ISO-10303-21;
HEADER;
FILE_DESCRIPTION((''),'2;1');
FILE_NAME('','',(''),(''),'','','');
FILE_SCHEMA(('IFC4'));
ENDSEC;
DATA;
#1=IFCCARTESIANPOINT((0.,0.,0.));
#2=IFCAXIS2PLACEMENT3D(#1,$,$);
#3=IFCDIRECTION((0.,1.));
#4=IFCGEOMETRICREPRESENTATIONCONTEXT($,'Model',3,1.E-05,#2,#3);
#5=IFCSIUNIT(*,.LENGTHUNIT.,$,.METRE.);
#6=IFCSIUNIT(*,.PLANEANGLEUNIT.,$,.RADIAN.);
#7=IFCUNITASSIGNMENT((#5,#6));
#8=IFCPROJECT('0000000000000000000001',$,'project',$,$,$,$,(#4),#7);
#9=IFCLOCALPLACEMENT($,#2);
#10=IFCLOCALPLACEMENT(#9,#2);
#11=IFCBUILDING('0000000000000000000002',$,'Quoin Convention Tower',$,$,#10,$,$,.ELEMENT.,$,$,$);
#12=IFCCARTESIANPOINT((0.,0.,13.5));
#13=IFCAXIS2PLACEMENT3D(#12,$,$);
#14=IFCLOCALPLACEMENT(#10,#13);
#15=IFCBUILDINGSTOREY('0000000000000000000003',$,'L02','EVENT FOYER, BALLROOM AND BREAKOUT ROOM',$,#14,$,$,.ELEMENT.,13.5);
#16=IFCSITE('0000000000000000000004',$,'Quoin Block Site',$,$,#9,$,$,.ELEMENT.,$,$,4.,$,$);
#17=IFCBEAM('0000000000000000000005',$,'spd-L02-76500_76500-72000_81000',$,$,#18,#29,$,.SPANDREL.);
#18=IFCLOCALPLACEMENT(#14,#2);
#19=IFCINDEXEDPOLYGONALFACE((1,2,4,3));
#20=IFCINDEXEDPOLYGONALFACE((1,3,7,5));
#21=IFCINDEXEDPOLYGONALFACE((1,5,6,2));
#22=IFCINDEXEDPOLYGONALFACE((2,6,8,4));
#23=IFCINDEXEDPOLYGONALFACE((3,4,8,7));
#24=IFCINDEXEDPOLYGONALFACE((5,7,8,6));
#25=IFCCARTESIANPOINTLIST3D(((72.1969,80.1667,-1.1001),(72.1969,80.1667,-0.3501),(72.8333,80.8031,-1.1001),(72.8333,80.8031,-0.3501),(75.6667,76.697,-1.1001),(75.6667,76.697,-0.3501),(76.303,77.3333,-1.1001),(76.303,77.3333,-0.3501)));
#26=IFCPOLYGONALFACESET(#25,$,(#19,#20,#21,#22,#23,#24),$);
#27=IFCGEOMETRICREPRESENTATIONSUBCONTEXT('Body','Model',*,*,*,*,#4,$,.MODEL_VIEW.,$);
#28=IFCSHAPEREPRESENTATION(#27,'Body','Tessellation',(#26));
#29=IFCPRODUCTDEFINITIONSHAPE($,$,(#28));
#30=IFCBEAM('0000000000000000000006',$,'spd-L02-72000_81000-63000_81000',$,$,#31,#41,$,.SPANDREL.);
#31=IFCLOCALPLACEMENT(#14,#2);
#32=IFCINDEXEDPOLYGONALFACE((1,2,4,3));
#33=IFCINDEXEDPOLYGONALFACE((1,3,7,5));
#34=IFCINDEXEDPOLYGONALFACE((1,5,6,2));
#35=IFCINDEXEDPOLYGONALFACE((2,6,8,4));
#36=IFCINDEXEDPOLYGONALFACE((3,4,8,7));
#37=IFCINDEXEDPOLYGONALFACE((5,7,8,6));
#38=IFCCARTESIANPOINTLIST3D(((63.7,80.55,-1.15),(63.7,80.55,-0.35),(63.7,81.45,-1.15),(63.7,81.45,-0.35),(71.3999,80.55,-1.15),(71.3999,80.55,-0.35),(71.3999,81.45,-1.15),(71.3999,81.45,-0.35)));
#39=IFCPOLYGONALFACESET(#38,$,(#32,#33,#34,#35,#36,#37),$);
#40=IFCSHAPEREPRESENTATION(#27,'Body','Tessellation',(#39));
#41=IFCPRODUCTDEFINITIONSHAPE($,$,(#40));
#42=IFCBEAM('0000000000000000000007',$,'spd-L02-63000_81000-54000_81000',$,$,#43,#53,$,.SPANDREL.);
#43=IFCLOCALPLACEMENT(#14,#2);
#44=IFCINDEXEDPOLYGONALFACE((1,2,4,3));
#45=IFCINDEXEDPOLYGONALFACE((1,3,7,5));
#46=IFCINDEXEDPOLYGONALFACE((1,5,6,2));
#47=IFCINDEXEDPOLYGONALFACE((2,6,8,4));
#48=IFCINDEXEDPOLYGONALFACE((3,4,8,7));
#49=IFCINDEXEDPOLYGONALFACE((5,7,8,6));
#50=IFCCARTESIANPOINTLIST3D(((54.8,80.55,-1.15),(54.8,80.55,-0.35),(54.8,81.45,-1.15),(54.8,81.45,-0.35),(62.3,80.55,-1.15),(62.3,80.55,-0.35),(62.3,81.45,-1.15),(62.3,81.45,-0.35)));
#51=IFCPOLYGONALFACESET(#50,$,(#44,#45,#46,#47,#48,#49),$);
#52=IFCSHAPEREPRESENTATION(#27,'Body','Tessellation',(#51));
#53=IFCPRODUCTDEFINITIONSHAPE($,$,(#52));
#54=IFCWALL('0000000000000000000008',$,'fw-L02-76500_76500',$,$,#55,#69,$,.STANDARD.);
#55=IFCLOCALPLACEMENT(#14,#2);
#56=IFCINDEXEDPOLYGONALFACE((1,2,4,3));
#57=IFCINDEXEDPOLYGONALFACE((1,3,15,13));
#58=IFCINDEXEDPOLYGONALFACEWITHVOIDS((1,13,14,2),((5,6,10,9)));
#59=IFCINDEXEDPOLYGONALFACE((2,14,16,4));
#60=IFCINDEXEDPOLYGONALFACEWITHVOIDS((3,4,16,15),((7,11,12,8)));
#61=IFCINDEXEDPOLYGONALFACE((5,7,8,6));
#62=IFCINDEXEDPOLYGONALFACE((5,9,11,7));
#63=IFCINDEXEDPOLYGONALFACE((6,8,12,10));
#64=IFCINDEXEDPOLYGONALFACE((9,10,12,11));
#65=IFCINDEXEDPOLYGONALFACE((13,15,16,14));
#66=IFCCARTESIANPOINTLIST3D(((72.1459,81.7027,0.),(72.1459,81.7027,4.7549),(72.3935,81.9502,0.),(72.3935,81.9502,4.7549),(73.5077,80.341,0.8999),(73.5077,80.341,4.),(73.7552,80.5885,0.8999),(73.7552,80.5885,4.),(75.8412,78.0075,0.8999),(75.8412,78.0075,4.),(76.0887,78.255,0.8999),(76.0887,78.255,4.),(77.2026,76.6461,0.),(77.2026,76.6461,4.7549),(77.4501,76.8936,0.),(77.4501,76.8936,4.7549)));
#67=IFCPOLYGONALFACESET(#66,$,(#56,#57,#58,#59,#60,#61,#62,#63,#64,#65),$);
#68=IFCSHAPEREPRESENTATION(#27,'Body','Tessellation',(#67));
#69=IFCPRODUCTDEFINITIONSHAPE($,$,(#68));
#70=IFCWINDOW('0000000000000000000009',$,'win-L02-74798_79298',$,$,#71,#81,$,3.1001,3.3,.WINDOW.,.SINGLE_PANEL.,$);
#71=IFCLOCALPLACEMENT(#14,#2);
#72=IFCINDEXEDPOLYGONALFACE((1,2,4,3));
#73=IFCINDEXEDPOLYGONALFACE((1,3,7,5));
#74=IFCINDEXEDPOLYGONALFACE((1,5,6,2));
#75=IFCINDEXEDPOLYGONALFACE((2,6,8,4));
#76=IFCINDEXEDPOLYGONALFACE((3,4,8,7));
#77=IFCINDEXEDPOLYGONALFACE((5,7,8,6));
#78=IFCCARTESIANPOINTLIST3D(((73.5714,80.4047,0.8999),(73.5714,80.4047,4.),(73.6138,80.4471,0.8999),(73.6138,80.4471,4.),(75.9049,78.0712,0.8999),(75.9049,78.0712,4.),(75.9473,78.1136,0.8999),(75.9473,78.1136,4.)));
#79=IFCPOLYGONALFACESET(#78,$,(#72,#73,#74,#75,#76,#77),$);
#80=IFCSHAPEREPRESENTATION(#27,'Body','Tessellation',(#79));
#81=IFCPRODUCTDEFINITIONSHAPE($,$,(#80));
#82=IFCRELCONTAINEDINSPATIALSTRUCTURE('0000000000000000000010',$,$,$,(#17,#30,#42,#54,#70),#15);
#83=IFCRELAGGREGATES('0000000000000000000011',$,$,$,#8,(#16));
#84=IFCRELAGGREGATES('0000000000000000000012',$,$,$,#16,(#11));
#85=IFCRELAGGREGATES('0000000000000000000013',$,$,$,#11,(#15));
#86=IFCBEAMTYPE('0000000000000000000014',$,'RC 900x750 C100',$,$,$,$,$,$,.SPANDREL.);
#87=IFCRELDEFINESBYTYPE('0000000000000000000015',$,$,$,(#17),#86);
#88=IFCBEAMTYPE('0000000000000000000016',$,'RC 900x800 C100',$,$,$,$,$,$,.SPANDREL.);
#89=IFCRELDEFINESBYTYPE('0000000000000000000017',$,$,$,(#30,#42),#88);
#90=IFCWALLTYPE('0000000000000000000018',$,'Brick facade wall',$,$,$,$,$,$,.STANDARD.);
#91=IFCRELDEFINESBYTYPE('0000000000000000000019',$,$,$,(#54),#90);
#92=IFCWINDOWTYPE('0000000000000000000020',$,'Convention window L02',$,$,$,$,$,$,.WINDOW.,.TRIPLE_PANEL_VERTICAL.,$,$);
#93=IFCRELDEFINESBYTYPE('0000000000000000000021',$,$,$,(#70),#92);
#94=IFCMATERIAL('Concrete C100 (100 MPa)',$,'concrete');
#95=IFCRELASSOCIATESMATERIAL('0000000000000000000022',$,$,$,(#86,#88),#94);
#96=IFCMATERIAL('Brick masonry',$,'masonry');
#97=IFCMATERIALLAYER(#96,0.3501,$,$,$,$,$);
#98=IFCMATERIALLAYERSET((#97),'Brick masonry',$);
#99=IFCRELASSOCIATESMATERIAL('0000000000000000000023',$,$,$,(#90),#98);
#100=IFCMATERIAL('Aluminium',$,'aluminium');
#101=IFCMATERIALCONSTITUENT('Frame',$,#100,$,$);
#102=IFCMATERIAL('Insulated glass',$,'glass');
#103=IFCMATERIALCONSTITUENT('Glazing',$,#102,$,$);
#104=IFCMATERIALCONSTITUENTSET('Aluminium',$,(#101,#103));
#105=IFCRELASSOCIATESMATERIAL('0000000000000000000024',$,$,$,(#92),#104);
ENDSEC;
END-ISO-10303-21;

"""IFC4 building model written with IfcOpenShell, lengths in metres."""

from ifc_helpers import new_model, si_unit, direction, frame, frame_2d, origin, origin_2d, place, context, subcontext, project, spatial, rectangle, extrude, material, layer, layer_set, constituent, constituent_set, material_profile, profile_set, type_object, element, fill, save


model = new_model("IFC4")

# Units and contexts
model_context = context("Model", 3, precision=1e-05, world=origin(), true_north=direction((0.0, 1.0)))
body_context = subcontext(model_context, "Body", "Model", "MODEL_VIEW")
ifc_project = project(units=[si_unit("LENGTHUNIT", "METRE"), si_unit("PLANEANGLEUNIT", "RADIAN")], contexts=[model_context])

# Site, building, storey
site_placement = place(None, origin())
site = spatial("IfcSite", under=ifc_project, at=site_placement, Name="Quoin Block Site", CompositionType="ELEMENT", RefElevation=4.0)
building_placement = place(site_placement, origin())
building = spatial("IfcBuilding", under=site, at=building_placement, Name="Quoin Convention Tower", CompositionType="ELEMENT")
storey_placement = place(building_placement, frame((0.0, 0.0, 13.5)))
storey = spatial("IfcBuildingStorey", under=building, at=storey_placement, Name="L02", Description="EVENT FOYER, BALLROOM AND BREAKOUT ROOM", CompositionType="ELEMENT", Elevation=13.5)

# Shared definitions
ifc_material_1 = material(Name="Concrete C100 (100 MPa)", Category="concrete")

# Beams
ifc_material_profile_1 = material_profile(ifc_material_1, rectangle(XDim=0.8999, YDim=0.75, at=origin_2d()), Name="RC 900x750")
ifc_profile_set_1 = profile_set([ifc_material_profile_1], Name="Concrete C100 (100 MPa)")
beam_type_1 = type_object("IfcBeamType", Name="RC 900x750 C100", PredefinedType="SPANDREL", material=ifc_profile_set_1)
beam_1_placement = place(storey_placement, frame((75.9849, 77.0151, -0.7251), z_axis=(-0.707107, 0.707107, 0.0), x_axis=(-0.707107, -0.707107, 0.0)))
element("IfcBeam", 1, at=beam_1_placement, inside=storey, type_object=beam_type_1, Name="spd-L02-76500_76500-72000_81000", PredefinedType="SPANDREL", context=body_context, shape_type="SweptSolid", body=[
    extrude(rectangle(XDim=0.8999, YDim=0.75, at=origin_2d()), origin(), (0.0, 0.0, 1.0), 4.907),
])
ifc_material_profile_2 = material_profile(ifc_material_1, rectangle(XDim=0.8999, YDim=0.8, at=origin_2d()), Name="RC 900x800")
ifc_profile_set_2 = profile_set([ifc_material_profile_2], Name="Concrete C100 (100 MPa)")
beam_type_2 = type_object("IfcBeamType", Name="RC 900x800 C100", PredefinedType="SPANDREL", material=ifc_profile_set_2)
beam_2_placement = place(storey_placement, frame((71.3999, 81.0, -0.75), z_axis=(-1.0, 0.0, 0.0), x_axis=(0.0, -1.0, 0.0)))
element("IfcBeam", 2, at=beam_2_placement, inside=storey, type_object=beam_type_2, Name="spd-L02-72000_81000-63000_81000", PredefinedType="SPANDREL", context=body_context, shape_type="SweptSolid", body=[
    extrude(rectangle(XDim=0.8999, YDim=0.8, at=origin_2d()), origin(), (0.0, 0.0, 1.0), 7.7),
])
beam_3_placement = place(storey_placement, frame((62.3, 81.0, -0.75), z_axis=(-1.0, 0.0, 0.0), x_axis=(0.0, -1.0, 0.0)))
element("IfcBeam", 3, at=beam_3_placement, inside=storey, type_object=beam_type_2, Name="spd-L02-63000_81000-54000_81000", PredefinedType="SPANDREL", context=body_context, shape_type="SweptSolid", body=[
    extrude(rectangle(XDim=0.8999, YDim=0.8, at=origin_2d()), origin(), (0.0, 0.0, 1.0), 7.5),
])

# Wall, opening, window
ifc_material_2 = material(Name="Brick masonry", Category="masonry")
ifc_layer_1 = layer(ifc_material_2, 0.3501)
ifc_layer_set_1 = layer_set([ifc_layer_1], Name="Brick masonry")
wall_type_1 = type_object("IfcWallType", Name="Brick facade wall", PredefinedType="STANDARD", material=ifc_layer_set_1)
wall_1_placement = place(storey_placement, frame((77.3264, 76.7698, 0.0), z_axis=(0.0, 0.0, 1.0), x_axis=(-0.707107, 0.707107, 0.0)))
wall_1 = element("IfcWall", 4, at=wall_1_placement, inside=storey, type_object=wall_type_1, Name="fw-L02-76500_76500", PredefinedType="STANDARD", context=body_context, shape_type="SweptSolid", body=[
    extrude(rectangle(XDim=7.1511, YDim=0.3501, at=frame_2d((3.5757, 0.0))), origin(), (0.0, 0.0, 1.0), 4.7549),
])
opening_1_placement = place(wall_1_placement, frame((1.9255, 0.0, 0.8999)))
opening_1 = element("IfcOpeningElement", 5, at=opening_1_placement, cuts=wall_1, PredefinedType="OPENING", context=body_context, shape_type="SweptSolid", body=[
    extrude(rectangle(XDim=3.3, YDim=3.1001, at=frame_2d((1.6499, 1.55))), frame((0.0, 0.1851, 0.0), z_axis=(0.0, -1.0, 0.0), x_axis=(1.0, 0.0, 0.0)), (0.0, 0.0, 1.0), 0.3701),
])
ifc_material_3 = material(Name="Aluminium", Category="aluminium")
ifc_constituent_1 = constituent(ifc_material_3, Name="Frame")
ifc_material_4 = material(Name="Insulated glass", Category="glass")
ifc_constituent_2 = constituent(ifc_material_4, Name="Glazing")
ifc_constituent_set = constituent_set(constituents=[ifc_constituent_1, ifc_constituent_2], Name="Aluminium")
window_type = type_object("IfcWindowType", Name="Convention window L02", PartitioningType="TRIPLE_PANEL_VERTICAL", PredefinedType="WINDOW", material=ifc_constituent_set)
window_1_placement = place(opening_1_placement, origin())
window_1 = element("IfcWindow", 6, at=window_1_placement, inside=storey, type_object=window_type, Name="win-L02-74798_79298", OverallHeight=3.1001, OverallWidth=3.3, PartitioningType="SINGLE_PANEL", PredefinedType="WINDOW", context=body_context, shape_type="SweptSolid", body=[
    extrude(rectangle(XDim=3.3, YDim=3.1001, at=frame_2d((1.6499, 1.55))), frame((0.0, 0.085, 0.0), z_axis=(0.0, -1.0, 0.0), x_axis=(1.0, 0.0, 0.0)), (0.0, 0.0, 1.0), 0.0601),
])
fill(opening_1, window_1)

save(model, "model.ifc")
